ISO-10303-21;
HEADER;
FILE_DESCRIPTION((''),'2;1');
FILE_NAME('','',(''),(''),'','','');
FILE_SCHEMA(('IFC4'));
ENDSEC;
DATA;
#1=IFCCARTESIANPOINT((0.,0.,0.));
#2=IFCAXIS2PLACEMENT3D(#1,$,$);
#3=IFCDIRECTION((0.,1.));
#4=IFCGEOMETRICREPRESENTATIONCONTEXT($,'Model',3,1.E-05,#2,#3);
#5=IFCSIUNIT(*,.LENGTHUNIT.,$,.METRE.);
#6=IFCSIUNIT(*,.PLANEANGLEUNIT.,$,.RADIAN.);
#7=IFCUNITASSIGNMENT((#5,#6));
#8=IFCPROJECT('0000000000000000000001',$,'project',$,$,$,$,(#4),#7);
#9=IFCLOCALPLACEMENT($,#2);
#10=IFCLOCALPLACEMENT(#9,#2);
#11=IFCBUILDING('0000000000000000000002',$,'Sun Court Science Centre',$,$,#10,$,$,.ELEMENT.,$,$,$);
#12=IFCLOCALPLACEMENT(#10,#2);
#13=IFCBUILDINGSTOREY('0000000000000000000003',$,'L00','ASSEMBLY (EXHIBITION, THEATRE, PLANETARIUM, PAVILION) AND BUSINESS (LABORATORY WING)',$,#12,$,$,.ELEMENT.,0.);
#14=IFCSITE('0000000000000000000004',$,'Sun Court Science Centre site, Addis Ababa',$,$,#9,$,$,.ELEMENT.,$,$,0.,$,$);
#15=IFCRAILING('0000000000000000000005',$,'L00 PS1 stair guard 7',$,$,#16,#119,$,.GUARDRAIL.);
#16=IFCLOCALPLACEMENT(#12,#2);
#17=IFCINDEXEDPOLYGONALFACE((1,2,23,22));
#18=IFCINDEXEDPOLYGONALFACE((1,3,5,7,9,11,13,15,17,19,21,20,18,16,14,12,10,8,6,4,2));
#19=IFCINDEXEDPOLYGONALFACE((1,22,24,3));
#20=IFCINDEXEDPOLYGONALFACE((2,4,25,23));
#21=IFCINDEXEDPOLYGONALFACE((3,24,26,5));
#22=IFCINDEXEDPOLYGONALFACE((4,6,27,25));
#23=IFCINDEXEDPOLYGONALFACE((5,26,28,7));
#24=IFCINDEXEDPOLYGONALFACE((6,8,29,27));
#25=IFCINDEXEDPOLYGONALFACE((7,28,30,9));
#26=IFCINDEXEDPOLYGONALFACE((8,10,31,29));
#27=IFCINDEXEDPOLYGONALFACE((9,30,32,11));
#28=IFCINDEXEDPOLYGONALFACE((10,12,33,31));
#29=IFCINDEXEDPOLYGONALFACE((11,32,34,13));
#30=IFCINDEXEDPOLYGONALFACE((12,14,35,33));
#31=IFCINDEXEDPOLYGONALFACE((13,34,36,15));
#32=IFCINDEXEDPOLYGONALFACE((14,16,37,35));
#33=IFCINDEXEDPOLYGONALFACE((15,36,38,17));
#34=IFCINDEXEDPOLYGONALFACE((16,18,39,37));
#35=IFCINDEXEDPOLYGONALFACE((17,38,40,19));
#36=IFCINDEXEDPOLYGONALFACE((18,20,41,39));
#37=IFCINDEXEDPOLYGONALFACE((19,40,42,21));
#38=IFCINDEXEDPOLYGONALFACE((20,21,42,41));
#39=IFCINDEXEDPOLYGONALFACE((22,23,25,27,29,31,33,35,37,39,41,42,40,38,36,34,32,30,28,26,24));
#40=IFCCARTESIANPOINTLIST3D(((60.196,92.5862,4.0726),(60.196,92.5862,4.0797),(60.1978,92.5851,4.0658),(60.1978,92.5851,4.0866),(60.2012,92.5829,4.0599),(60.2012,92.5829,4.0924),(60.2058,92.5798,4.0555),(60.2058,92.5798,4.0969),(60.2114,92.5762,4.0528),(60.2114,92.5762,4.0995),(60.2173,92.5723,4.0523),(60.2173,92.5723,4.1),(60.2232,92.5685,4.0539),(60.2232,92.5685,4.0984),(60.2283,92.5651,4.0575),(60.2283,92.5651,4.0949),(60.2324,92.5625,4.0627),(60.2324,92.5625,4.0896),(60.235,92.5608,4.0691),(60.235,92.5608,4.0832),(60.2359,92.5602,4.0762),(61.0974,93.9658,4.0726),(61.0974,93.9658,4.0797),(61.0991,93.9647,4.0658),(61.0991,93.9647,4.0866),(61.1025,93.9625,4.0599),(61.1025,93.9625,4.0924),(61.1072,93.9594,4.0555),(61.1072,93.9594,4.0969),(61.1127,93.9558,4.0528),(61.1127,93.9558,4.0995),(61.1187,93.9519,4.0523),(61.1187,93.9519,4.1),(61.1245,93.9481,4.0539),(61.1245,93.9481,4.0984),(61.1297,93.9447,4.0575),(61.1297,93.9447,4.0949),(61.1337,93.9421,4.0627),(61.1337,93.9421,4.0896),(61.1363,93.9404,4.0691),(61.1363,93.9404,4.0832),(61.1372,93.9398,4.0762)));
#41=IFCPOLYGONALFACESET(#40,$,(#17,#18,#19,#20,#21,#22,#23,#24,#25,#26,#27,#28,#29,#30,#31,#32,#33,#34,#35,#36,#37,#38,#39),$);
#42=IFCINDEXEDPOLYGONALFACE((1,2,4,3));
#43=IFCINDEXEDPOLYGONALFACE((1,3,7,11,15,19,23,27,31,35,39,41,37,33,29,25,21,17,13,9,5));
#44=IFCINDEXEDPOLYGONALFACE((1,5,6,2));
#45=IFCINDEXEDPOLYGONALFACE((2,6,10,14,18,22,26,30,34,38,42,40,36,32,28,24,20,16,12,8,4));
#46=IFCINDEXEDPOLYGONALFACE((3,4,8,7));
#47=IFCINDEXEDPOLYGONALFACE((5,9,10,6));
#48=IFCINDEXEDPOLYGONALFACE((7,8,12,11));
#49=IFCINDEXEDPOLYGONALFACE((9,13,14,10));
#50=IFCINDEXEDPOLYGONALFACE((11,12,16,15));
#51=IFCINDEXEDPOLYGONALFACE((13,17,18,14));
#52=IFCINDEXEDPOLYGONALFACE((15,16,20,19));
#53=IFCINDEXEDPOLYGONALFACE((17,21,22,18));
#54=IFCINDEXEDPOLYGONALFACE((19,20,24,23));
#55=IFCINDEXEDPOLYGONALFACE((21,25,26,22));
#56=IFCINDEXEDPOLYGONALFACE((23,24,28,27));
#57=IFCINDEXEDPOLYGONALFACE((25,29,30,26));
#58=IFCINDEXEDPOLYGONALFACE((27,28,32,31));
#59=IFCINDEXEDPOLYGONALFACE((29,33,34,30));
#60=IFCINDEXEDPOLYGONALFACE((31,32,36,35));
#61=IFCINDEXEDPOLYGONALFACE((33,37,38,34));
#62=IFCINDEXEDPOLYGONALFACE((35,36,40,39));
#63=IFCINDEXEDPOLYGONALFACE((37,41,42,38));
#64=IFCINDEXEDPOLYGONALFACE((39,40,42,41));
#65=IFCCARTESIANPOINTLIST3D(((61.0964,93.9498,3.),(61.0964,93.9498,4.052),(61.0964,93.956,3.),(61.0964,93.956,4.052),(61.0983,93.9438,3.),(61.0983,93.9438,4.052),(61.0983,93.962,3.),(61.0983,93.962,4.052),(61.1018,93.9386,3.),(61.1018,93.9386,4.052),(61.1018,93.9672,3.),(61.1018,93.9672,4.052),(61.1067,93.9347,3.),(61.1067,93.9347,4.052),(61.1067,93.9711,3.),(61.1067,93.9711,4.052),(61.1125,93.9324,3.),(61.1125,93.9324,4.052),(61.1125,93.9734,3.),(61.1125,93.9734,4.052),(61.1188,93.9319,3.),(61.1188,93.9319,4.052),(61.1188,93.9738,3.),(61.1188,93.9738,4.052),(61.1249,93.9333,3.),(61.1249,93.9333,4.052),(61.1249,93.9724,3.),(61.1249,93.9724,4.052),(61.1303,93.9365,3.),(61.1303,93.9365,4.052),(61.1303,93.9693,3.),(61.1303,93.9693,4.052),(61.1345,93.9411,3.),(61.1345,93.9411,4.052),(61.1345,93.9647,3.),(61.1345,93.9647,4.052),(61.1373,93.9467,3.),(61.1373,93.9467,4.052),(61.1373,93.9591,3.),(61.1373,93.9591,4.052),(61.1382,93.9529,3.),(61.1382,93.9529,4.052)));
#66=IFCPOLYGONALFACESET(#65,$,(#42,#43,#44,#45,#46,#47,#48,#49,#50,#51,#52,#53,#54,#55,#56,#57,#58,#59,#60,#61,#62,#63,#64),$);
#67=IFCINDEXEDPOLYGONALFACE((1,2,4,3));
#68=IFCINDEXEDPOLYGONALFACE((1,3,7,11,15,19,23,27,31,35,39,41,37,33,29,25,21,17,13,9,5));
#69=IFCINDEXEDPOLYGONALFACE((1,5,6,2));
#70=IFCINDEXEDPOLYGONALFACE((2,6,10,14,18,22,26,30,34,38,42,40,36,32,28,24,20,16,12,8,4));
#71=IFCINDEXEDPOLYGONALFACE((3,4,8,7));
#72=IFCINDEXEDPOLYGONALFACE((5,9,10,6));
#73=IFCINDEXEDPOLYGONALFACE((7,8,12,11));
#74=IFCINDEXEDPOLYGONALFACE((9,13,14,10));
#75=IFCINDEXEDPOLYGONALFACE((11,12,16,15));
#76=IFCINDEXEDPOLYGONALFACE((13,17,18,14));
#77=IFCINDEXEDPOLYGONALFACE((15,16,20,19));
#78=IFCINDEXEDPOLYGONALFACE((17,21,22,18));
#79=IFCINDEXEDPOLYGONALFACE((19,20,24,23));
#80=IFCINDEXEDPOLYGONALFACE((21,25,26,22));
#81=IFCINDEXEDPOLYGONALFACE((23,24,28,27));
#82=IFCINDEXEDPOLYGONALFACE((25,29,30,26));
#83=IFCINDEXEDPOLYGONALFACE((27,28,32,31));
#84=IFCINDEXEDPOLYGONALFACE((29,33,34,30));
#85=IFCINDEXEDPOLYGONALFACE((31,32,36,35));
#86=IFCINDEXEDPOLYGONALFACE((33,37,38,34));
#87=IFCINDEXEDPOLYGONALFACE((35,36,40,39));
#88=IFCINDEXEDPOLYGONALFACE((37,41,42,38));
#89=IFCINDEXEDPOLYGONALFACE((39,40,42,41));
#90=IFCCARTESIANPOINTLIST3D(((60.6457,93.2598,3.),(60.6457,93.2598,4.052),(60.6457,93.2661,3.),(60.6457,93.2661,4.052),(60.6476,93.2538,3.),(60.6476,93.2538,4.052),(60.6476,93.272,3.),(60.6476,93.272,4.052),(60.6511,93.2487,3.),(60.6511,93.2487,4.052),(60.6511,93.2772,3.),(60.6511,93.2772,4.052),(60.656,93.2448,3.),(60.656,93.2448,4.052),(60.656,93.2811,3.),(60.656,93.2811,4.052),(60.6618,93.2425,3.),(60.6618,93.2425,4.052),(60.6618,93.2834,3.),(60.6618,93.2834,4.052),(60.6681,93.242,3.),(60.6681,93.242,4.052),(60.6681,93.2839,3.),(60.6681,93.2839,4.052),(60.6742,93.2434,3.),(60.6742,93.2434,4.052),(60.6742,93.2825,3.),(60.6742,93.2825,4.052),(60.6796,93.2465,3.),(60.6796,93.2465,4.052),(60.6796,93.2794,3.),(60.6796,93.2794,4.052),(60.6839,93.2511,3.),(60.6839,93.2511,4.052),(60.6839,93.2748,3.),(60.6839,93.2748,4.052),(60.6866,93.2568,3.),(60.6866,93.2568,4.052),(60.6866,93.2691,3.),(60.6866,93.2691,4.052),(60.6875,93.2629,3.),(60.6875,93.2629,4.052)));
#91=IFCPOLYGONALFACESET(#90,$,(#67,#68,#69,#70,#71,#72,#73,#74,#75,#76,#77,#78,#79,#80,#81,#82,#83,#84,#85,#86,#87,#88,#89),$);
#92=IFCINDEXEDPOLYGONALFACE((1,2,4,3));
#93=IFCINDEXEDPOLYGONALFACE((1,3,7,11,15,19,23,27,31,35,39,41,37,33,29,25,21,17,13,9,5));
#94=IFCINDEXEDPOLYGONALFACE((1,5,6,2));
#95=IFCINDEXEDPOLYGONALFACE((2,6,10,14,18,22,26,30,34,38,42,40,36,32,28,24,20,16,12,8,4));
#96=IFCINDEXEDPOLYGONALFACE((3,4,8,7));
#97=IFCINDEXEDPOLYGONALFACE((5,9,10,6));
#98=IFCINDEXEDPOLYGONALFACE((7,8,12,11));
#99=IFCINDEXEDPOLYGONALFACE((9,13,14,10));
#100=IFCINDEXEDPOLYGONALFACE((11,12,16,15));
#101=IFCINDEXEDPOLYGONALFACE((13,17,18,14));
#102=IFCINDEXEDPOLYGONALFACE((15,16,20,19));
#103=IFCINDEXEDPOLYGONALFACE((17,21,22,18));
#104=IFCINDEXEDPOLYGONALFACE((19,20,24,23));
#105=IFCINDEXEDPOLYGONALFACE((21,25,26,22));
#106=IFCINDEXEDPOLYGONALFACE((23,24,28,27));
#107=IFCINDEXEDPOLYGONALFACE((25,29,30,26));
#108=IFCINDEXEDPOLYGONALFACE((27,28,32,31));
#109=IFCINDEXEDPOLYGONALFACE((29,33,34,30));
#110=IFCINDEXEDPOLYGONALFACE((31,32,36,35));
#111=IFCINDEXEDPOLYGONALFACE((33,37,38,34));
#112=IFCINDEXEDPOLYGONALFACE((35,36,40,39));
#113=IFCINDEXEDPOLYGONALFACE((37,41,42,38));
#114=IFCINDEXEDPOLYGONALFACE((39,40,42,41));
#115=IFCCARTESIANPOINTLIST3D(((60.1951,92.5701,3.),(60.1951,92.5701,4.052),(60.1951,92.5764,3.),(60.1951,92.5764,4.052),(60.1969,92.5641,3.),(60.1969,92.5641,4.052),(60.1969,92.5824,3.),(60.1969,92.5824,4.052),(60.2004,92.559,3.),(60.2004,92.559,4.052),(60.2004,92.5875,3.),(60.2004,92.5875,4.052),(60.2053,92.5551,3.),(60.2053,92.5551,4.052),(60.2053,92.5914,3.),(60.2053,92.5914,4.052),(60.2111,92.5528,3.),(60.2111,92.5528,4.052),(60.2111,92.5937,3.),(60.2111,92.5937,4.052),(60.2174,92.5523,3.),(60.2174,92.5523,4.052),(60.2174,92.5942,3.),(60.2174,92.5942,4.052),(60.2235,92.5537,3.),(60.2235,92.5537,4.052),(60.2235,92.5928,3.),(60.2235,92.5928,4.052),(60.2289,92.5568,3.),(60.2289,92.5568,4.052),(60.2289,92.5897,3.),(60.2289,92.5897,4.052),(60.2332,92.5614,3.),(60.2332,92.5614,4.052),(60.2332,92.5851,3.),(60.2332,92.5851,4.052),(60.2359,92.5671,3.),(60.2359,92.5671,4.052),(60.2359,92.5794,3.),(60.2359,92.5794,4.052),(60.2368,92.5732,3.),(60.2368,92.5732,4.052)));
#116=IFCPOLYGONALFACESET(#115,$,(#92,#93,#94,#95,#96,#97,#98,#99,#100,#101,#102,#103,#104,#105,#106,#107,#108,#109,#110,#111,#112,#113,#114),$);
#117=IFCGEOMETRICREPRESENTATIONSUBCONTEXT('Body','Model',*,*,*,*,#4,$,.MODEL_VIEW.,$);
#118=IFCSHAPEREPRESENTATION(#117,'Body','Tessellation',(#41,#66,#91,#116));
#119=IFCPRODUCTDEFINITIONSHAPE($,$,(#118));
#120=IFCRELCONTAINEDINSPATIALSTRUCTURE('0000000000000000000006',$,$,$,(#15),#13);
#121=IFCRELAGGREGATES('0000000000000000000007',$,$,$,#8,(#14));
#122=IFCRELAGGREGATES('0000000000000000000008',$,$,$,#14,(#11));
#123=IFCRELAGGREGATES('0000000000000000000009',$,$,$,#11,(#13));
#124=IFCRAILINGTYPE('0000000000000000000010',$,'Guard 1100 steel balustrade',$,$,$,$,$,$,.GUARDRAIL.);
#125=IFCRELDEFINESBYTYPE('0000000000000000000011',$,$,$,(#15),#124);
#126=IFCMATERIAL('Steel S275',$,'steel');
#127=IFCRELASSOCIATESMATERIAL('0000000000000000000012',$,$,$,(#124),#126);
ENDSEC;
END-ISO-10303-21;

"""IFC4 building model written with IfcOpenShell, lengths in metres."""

from ifc_helpers import new_model, si_unit, direction, frame, origin, origin_2d, place, context, subcontext, project, spatial, circle, extrude, material, type_object, element, save


model = new_model("IFC4")

# Units and contexts
model_context = context("Model", 3, precision=1e-05, world=origin(), true_north=direction((0.0, 1.0)))
body_context = subcontext(model_context, "Body", "Model", "MODEL_VIEW")
ifc_project = project(units=[si_unit("LENGTHUNIT", "METRE"), si_unit("PLANEANGLEUNIT", "RADIAN")], contexts=[model_context])

# Site, building, storey
site_placement = place(None, origin())
site = spatial("IfcSite", under=ifc_project, at=site_placement, Name="Sun Court Science Centre site, Addis Ababa", CompositionType="ELEMENT", RefElevation=0.0)
building_placement = place(site_placement, origin())
building = spatial("IfcBuilding", under=site, at=building_placement, Name="Sun Court Science Centre", CompositionType="ELEMENT")
storey_placement = place(building_placement, origin())
storey = spatial("IfcBuildingStorey", under=building, at=storey_placement, Name="L00", Description="ASSEMBLY (EXHIBITION, THEATRE, PLANETARIUM, PAVILION) AND BUSINESS (LABORATORY WING)", CompositionType="ELEMENT", Elevation=0.0)

# Railing
ifc_material_1 = material(Name="Steel S275", Category="steel")
railing_type = type_object("IfcRailingType", Name="Guard 1100 steel balustrade", PredefinedType="GUARDRAIL", material=ifc_material_1)
railing_1_placement = place(storey_placement, frame((61.1172, 93.9529, 3.0)))
element("IfcRailing", 1, at=railing_1_placement, inside=storey, type_object=railing_type, Name="L00 PS1 stair guard 7", PredefinedType="GUARDRAIL", context=body_context, shape_type="SweptSolid", body=[
    extrude(circle(Radius=0.0239, at=origin_2d()), frame((0.0, 0.0, 1.0762), z_axis=(-0.54695, -0.837165, 0.0), x_axis=(0.837165, -0.54695, 0.0)), (0.0, 0.0, 1.0), 1.6479),
    extrude(circle(Radius=0.021, at=origin_2d()), origin(), (0.0, 0.0, 1.0), 1.052),
    extrude(circle(Radius=0.021, at=origin_2d()), frame((-0.4507, -0.6899, 0.0)), (0.0, 0.0, 1.0), 1.052),
    extrude(circle(Radius=0.021, at=origin_2d()), frame((-0.9014, -1.3796, 0.0)), (0.0, 0.0, 1.0), 1.052),
])

save(model, "model.ifc")
